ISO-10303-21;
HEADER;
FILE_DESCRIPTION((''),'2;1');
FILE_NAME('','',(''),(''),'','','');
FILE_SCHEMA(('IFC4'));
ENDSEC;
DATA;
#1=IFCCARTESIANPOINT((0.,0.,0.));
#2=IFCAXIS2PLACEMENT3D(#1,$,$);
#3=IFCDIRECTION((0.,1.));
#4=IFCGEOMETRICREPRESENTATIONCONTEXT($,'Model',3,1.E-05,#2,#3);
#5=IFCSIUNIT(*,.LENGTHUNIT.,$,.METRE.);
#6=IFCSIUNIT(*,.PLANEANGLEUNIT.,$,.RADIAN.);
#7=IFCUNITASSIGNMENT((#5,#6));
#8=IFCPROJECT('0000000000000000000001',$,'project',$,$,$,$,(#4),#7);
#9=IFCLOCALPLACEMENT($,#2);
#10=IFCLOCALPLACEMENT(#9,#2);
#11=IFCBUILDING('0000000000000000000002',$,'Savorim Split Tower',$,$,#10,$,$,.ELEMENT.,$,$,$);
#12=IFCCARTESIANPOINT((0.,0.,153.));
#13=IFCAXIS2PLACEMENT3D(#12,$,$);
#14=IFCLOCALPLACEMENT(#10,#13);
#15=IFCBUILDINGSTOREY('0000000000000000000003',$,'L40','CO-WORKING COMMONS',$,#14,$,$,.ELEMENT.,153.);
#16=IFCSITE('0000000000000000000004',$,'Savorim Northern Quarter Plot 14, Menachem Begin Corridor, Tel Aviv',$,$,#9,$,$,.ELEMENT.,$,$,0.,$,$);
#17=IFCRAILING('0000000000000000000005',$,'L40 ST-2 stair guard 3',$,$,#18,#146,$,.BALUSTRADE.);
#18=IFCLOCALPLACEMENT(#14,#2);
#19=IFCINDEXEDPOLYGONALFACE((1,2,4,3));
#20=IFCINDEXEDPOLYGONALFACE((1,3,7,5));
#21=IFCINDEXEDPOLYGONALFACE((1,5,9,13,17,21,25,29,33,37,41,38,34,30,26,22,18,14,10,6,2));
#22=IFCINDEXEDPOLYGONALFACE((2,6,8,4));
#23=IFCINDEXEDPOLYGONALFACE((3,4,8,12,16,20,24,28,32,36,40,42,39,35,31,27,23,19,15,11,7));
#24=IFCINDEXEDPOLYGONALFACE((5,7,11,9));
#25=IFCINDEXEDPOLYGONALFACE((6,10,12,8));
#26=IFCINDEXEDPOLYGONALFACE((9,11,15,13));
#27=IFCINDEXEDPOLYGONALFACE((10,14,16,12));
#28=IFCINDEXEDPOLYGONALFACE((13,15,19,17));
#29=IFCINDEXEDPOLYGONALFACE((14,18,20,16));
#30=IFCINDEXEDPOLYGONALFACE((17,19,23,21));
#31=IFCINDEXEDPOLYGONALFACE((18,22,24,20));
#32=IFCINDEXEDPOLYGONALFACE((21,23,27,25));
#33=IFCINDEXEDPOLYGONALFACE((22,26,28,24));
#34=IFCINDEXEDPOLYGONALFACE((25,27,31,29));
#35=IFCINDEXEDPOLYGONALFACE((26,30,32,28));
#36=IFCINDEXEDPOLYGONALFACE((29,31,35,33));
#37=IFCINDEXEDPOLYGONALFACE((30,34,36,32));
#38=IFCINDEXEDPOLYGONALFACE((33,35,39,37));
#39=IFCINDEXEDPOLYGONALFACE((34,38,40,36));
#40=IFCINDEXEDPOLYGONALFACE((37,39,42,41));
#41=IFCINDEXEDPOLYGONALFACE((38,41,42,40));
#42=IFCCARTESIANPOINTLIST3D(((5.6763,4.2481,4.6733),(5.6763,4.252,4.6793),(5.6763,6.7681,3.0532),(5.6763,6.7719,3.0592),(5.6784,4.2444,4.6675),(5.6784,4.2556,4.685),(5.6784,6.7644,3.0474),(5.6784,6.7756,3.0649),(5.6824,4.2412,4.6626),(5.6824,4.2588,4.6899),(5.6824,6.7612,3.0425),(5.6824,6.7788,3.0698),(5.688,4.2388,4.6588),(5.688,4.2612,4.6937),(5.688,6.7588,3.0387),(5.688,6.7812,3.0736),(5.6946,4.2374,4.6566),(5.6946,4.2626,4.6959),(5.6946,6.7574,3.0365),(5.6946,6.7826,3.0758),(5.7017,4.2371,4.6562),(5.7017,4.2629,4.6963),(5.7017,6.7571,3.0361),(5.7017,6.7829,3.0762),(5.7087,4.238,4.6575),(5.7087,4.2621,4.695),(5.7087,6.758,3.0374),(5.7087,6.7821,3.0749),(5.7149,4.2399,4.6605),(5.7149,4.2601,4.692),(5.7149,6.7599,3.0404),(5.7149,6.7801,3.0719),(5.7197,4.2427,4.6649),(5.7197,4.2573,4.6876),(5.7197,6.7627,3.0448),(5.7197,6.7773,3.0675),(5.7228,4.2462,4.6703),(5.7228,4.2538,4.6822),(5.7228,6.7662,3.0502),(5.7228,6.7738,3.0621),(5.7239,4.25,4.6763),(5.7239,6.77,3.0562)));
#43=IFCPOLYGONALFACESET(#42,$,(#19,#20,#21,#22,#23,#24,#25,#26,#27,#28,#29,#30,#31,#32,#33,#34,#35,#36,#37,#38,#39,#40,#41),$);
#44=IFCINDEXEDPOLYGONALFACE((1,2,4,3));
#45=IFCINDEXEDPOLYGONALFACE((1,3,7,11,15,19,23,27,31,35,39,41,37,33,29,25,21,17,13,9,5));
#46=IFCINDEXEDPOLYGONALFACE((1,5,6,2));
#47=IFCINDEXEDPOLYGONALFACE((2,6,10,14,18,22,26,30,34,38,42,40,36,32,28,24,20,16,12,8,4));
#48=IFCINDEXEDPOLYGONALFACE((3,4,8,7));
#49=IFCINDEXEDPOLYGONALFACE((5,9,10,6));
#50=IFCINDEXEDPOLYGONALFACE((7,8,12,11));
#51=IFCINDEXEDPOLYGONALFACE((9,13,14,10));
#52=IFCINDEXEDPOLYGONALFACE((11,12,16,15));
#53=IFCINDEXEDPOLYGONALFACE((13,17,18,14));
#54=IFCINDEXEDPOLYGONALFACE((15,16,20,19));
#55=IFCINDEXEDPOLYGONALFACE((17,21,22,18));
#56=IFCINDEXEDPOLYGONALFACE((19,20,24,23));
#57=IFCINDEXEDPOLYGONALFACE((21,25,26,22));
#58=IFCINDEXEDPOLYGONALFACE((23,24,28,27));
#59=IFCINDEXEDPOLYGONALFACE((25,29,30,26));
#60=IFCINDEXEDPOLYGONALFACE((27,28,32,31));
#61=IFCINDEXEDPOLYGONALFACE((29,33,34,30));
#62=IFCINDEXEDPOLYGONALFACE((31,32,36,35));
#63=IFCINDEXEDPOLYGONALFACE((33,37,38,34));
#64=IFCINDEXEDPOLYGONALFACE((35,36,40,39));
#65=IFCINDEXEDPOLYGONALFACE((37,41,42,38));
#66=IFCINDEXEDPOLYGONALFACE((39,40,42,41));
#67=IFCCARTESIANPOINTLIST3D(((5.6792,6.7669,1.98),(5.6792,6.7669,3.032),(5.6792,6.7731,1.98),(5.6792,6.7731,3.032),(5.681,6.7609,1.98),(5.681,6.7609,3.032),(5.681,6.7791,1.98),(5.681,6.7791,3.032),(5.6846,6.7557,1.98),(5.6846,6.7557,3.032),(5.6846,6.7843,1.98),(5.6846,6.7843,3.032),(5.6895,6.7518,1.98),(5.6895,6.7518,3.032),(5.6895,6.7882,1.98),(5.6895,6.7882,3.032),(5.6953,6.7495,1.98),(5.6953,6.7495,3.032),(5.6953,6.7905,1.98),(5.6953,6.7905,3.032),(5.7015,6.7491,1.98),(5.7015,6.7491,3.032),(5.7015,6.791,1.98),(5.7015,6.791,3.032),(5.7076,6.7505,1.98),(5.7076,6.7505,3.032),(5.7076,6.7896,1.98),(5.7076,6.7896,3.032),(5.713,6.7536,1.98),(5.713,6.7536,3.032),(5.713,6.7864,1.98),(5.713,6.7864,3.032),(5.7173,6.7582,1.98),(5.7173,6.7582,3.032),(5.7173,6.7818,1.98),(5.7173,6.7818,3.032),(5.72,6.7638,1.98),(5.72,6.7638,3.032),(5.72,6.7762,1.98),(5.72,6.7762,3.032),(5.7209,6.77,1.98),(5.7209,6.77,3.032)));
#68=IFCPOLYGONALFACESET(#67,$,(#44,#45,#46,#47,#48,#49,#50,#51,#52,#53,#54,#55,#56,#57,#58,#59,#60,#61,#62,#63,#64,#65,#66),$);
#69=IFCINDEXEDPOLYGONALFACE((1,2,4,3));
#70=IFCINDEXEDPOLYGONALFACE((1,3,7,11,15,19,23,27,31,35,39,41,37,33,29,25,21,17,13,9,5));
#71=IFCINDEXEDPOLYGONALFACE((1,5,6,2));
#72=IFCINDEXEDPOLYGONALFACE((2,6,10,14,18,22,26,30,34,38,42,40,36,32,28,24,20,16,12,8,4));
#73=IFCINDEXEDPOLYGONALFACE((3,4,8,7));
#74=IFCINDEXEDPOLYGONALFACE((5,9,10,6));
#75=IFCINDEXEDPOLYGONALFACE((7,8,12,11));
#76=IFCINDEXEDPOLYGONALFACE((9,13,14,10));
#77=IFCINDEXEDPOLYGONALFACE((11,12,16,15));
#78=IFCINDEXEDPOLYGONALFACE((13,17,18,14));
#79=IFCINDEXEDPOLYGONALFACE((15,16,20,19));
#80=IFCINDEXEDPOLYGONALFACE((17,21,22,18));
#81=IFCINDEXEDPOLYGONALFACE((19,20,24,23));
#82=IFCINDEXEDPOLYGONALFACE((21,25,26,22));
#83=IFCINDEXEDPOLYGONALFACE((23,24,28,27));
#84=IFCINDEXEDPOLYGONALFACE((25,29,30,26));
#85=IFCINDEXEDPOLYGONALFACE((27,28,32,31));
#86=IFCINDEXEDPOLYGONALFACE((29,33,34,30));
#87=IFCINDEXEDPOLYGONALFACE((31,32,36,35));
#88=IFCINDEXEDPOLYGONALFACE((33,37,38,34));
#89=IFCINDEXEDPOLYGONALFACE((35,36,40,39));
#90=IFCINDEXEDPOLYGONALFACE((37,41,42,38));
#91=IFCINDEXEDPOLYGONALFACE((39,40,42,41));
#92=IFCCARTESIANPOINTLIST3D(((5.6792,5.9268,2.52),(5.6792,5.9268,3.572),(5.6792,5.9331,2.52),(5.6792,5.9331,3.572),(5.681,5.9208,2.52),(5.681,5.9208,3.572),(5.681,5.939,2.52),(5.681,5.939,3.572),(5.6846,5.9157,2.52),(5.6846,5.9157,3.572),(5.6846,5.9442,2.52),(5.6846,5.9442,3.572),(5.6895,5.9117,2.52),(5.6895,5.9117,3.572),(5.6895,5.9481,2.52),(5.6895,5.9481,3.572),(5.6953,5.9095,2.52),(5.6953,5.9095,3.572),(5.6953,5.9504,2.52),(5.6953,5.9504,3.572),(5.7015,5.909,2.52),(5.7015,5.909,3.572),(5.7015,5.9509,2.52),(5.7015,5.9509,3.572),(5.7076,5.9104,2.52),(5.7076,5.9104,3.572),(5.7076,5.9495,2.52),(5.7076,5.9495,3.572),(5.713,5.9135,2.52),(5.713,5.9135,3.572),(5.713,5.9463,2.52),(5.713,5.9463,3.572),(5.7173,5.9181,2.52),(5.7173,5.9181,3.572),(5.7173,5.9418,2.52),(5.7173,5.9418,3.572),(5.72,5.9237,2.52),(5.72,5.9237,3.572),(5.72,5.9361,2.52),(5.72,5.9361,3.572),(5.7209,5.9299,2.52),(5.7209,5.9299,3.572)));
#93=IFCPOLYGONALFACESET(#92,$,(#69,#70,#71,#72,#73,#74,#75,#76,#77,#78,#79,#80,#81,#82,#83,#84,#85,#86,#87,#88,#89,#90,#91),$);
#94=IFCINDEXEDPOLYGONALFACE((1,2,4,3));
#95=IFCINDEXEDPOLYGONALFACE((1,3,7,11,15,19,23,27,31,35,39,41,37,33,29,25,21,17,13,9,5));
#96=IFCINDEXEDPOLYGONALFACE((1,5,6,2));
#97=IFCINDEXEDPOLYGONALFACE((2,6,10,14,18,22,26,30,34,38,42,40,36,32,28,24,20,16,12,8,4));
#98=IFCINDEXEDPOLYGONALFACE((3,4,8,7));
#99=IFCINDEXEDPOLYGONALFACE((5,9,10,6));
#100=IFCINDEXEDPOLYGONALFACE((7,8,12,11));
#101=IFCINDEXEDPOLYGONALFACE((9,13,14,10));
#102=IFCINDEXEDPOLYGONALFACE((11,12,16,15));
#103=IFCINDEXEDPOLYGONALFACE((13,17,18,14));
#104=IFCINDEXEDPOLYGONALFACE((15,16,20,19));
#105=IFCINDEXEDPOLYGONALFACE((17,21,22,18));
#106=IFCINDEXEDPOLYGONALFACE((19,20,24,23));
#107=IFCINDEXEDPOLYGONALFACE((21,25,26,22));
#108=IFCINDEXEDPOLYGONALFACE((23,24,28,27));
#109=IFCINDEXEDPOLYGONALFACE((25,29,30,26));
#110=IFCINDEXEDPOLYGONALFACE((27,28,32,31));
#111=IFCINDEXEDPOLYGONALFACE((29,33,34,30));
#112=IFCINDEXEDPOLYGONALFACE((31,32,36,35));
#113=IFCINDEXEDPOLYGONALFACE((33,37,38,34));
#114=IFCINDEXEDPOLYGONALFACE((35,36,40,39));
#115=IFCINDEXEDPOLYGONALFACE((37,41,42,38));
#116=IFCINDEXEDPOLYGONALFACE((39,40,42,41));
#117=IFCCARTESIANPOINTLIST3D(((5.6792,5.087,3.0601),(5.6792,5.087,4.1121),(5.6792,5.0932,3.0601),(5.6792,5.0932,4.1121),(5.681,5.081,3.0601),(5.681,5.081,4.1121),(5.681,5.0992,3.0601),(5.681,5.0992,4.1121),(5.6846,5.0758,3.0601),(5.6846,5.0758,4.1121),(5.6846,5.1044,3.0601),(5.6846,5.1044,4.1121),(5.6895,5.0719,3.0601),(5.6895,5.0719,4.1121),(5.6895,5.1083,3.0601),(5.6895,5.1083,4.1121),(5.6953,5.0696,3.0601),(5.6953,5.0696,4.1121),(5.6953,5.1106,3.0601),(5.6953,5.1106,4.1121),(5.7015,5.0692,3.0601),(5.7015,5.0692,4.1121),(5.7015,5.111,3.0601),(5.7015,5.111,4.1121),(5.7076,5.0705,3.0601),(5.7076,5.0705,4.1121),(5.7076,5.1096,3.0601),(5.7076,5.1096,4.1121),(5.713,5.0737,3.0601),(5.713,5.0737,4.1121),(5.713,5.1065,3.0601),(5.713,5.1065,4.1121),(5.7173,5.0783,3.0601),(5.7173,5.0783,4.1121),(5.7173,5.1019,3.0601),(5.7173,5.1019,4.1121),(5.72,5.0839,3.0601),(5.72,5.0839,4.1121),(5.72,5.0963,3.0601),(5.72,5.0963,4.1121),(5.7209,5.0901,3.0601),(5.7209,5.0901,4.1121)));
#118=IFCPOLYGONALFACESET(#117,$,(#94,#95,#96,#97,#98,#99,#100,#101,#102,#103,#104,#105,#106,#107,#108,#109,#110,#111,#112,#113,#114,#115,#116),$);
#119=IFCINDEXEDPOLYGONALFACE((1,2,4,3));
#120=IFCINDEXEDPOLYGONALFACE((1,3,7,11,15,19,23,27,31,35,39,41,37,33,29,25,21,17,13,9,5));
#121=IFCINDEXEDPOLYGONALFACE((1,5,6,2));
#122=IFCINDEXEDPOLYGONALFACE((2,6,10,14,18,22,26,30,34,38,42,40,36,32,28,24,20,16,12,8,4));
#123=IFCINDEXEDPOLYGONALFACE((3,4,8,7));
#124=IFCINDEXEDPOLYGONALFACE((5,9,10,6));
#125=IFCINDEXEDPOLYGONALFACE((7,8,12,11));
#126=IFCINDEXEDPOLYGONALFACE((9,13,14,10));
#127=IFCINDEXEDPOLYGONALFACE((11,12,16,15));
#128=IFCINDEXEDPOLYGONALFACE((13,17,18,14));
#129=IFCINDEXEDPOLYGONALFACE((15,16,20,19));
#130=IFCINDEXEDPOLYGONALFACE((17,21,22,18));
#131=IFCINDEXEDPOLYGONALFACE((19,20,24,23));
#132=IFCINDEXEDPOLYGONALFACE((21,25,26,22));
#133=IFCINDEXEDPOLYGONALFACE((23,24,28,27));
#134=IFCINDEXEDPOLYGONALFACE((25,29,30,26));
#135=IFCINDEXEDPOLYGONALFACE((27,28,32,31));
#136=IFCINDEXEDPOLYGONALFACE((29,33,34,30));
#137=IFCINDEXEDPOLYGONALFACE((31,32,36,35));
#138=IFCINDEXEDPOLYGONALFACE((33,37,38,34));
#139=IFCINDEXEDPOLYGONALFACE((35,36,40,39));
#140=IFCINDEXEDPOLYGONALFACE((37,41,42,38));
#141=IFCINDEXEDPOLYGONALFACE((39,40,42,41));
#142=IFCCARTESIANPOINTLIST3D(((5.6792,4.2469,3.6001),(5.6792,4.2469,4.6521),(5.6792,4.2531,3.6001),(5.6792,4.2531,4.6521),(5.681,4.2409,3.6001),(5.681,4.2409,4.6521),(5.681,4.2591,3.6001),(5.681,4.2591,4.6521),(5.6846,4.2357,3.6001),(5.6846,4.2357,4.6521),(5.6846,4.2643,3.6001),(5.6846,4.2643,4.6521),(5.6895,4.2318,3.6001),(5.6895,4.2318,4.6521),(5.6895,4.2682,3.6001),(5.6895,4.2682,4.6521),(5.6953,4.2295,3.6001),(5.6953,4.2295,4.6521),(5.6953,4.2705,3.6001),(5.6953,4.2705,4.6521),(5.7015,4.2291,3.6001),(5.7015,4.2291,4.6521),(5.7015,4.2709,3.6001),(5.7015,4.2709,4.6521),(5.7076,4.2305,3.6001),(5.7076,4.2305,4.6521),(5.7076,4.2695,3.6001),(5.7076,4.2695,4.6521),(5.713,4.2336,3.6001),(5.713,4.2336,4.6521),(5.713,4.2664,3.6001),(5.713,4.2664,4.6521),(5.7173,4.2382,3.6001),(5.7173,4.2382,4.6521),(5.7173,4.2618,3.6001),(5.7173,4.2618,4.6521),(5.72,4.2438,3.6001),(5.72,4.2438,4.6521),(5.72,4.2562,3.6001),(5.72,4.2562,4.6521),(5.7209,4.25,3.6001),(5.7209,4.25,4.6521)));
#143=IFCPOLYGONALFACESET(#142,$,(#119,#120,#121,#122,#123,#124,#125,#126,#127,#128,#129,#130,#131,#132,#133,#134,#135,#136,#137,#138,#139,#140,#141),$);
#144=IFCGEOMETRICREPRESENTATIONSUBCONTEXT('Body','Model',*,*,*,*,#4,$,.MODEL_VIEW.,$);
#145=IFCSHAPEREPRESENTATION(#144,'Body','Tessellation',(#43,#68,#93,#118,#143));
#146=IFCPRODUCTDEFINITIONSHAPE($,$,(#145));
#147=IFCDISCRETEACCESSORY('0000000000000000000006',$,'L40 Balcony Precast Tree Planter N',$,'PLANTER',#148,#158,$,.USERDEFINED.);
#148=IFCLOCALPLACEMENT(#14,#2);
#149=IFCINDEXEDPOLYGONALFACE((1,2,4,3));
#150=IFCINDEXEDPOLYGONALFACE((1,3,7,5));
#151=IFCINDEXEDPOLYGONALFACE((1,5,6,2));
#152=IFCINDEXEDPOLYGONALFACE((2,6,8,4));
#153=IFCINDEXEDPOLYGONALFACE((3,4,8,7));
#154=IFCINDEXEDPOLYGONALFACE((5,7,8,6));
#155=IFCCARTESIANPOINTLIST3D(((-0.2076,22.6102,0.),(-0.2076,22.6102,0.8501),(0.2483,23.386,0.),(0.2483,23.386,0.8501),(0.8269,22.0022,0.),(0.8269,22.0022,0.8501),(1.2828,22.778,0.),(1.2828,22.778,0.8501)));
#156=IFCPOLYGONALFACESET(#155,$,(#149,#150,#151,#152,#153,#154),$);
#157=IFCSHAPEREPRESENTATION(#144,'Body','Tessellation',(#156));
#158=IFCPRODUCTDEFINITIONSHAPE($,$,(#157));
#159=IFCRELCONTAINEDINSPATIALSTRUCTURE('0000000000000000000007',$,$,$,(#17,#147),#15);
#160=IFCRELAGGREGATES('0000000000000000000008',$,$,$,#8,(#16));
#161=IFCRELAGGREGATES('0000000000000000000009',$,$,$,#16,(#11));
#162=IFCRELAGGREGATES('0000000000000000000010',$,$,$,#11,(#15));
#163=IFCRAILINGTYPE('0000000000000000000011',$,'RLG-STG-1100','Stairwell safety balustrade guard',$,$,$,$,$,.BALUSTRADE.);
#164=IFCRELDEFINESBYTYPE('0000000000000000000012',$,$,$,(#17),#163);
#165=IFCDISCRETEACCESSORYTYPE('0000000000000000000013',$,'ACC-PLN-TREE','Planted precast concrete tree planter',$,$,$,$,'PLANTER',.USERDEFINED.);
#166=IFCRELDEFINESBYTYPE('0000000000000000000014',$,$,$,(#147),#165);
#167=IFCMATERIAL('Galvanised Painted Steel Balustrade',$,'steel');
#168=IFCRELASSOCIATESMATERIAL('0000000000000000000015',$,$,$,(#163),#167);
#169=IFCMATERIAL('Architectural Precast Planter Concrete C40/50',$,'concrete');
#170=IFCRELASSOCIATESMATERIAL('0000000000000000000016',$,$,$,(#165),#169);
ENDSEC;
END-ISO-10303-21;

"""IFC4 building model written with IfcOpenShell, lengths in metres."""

from ifc_helpers import new_model, si_unit, direction, frame, origin, origin_2d, place, context, subcontext, project, spatial, rectangle, circle, extrude, material, type_object, element, save


model = new_model("IFC4")

# Units and contexts
model_context = context("Model", 3, precision=1e-05, world=origin(), true_north=direction((0.0, 1.0)))
body_context = subcontext(model_context, "Body", "Model", "MODEL_VIEW")
ifc_project = project(units=[si_unit("LENGTHUNIT", "METRE"), si_unit("PLANEANGLEUNIT", "RADIAN")], contexts=[model_context])

# Site, building, storey
site_placement = place(None, origin())
site = spatial("IfcSite", under=ifc_project, at=site_placement, Name="Savorim Northern Quarter Plot 14, Menachem Begin Corridor, Tel Aviv", CompositionType="ELEMENT", RefElevation=0.0)
building_placement = place(site_placement, origin())
building = spatial("IfcBuilding", under=site, at=building_placement, Name="Savorim Split Tower", CompositionType="ELEMENT")
storey_placement = place(building_placement, frame((0.0, 0.0, 153.0)))
storey = spatial("IfcBuildingStorey", under=building, at=storey_placement, Name="L40", Description="CO-WORKING COMMONS", CompositionType="ELEMENT", Elevation=153.0)

# Railing
ifc_material_1 = material(Name="Galvanised Painted Steel Balustrade", Category="steel")
railing_type_1 = type_object("IfcRailingType", Name="RLG-STG-1100", Description="Stairwell safety balustrade guard", PredefinedType="BALUSTRADE", material=ifc_material_1)
railing_1_placement = place(storey_placement, frame((5.7, 6.77, 1.98)))
element("IfcRailing", 1, at=railing_1_placement, inside=storey, type_object=railing_type_1, Name="L40 ST-2 stair guard 3", PredefinedType="BALUSTRADE", context=body_context, shape_type="SweptSolid", body=[
    extrude(circle(Radius=0.0239, at=origin_2d()), frame((0.0, 0.0, 1.0762), z_axis=(0.0, -0.841163, 0.540782), x_axis=(1.0, 0.0, 0.0)), (0.0, 0.0, 1.0), 2.9958),
    extrude(circle(Radius=0.021, at=origin_2d()), origin(), (0.0, 0.0, 1.0), 1.052),
    extrude(circle(Radius=0.021, at=origin_2d()), frame((0.0, -0.8401, 0.54)), (0.0, 0.0, 1.0), 1.052),
    extrude(circle(Radius=0.021, at=origin_2d()), frame((0.0, -1.6799, 1.0801)), (0.0, 0.0, 1.0), 1.052),
    extrude(circle(Radius=0.021, at=origin_2d()), frame((0.0, -2.52, 1.6201)), (0.0, 0.0, 1.0), 1.052),
])

# Discrete accessory
ifc_material_2 = material(Name="Architectural Precast Planter Concrete C40/50", Category="concrete")
discrete_accessory_type = type_object("IfcDiscreteAccessoryType", Name="ACC-PLN-TREE", Description="Planted precast concrete tree planter", ElementType="PLANTER", PredefinedType="USERDEFINED", material=ifc_material_2)
discrete_accessory_placement = place(storey_placement, frame((0.5376, 22.6941, 0.0), z_axis=(0.0, 0.0, 1.0), x_axis=(-0.862127, 0.506691, 0.0)))
element("IfcDiscreteAccessory", 2, at=discrete_accessory_placement, inside=storey, type_object=discrete_accessory_type, Name="L40 Balcony Precast Tree Planter N", ObjectType="PLANTER", PredefinedType="USERDEFINED", context=body_context, shape_type="SweptSolid", body=[
    extrude(rectangle(XDim=1.2, YDim=0.8999, at=origin_2d()), origin(), (0.0, 0.0, 1.0), 0.8501),
])

save(model, "model.ifc")
